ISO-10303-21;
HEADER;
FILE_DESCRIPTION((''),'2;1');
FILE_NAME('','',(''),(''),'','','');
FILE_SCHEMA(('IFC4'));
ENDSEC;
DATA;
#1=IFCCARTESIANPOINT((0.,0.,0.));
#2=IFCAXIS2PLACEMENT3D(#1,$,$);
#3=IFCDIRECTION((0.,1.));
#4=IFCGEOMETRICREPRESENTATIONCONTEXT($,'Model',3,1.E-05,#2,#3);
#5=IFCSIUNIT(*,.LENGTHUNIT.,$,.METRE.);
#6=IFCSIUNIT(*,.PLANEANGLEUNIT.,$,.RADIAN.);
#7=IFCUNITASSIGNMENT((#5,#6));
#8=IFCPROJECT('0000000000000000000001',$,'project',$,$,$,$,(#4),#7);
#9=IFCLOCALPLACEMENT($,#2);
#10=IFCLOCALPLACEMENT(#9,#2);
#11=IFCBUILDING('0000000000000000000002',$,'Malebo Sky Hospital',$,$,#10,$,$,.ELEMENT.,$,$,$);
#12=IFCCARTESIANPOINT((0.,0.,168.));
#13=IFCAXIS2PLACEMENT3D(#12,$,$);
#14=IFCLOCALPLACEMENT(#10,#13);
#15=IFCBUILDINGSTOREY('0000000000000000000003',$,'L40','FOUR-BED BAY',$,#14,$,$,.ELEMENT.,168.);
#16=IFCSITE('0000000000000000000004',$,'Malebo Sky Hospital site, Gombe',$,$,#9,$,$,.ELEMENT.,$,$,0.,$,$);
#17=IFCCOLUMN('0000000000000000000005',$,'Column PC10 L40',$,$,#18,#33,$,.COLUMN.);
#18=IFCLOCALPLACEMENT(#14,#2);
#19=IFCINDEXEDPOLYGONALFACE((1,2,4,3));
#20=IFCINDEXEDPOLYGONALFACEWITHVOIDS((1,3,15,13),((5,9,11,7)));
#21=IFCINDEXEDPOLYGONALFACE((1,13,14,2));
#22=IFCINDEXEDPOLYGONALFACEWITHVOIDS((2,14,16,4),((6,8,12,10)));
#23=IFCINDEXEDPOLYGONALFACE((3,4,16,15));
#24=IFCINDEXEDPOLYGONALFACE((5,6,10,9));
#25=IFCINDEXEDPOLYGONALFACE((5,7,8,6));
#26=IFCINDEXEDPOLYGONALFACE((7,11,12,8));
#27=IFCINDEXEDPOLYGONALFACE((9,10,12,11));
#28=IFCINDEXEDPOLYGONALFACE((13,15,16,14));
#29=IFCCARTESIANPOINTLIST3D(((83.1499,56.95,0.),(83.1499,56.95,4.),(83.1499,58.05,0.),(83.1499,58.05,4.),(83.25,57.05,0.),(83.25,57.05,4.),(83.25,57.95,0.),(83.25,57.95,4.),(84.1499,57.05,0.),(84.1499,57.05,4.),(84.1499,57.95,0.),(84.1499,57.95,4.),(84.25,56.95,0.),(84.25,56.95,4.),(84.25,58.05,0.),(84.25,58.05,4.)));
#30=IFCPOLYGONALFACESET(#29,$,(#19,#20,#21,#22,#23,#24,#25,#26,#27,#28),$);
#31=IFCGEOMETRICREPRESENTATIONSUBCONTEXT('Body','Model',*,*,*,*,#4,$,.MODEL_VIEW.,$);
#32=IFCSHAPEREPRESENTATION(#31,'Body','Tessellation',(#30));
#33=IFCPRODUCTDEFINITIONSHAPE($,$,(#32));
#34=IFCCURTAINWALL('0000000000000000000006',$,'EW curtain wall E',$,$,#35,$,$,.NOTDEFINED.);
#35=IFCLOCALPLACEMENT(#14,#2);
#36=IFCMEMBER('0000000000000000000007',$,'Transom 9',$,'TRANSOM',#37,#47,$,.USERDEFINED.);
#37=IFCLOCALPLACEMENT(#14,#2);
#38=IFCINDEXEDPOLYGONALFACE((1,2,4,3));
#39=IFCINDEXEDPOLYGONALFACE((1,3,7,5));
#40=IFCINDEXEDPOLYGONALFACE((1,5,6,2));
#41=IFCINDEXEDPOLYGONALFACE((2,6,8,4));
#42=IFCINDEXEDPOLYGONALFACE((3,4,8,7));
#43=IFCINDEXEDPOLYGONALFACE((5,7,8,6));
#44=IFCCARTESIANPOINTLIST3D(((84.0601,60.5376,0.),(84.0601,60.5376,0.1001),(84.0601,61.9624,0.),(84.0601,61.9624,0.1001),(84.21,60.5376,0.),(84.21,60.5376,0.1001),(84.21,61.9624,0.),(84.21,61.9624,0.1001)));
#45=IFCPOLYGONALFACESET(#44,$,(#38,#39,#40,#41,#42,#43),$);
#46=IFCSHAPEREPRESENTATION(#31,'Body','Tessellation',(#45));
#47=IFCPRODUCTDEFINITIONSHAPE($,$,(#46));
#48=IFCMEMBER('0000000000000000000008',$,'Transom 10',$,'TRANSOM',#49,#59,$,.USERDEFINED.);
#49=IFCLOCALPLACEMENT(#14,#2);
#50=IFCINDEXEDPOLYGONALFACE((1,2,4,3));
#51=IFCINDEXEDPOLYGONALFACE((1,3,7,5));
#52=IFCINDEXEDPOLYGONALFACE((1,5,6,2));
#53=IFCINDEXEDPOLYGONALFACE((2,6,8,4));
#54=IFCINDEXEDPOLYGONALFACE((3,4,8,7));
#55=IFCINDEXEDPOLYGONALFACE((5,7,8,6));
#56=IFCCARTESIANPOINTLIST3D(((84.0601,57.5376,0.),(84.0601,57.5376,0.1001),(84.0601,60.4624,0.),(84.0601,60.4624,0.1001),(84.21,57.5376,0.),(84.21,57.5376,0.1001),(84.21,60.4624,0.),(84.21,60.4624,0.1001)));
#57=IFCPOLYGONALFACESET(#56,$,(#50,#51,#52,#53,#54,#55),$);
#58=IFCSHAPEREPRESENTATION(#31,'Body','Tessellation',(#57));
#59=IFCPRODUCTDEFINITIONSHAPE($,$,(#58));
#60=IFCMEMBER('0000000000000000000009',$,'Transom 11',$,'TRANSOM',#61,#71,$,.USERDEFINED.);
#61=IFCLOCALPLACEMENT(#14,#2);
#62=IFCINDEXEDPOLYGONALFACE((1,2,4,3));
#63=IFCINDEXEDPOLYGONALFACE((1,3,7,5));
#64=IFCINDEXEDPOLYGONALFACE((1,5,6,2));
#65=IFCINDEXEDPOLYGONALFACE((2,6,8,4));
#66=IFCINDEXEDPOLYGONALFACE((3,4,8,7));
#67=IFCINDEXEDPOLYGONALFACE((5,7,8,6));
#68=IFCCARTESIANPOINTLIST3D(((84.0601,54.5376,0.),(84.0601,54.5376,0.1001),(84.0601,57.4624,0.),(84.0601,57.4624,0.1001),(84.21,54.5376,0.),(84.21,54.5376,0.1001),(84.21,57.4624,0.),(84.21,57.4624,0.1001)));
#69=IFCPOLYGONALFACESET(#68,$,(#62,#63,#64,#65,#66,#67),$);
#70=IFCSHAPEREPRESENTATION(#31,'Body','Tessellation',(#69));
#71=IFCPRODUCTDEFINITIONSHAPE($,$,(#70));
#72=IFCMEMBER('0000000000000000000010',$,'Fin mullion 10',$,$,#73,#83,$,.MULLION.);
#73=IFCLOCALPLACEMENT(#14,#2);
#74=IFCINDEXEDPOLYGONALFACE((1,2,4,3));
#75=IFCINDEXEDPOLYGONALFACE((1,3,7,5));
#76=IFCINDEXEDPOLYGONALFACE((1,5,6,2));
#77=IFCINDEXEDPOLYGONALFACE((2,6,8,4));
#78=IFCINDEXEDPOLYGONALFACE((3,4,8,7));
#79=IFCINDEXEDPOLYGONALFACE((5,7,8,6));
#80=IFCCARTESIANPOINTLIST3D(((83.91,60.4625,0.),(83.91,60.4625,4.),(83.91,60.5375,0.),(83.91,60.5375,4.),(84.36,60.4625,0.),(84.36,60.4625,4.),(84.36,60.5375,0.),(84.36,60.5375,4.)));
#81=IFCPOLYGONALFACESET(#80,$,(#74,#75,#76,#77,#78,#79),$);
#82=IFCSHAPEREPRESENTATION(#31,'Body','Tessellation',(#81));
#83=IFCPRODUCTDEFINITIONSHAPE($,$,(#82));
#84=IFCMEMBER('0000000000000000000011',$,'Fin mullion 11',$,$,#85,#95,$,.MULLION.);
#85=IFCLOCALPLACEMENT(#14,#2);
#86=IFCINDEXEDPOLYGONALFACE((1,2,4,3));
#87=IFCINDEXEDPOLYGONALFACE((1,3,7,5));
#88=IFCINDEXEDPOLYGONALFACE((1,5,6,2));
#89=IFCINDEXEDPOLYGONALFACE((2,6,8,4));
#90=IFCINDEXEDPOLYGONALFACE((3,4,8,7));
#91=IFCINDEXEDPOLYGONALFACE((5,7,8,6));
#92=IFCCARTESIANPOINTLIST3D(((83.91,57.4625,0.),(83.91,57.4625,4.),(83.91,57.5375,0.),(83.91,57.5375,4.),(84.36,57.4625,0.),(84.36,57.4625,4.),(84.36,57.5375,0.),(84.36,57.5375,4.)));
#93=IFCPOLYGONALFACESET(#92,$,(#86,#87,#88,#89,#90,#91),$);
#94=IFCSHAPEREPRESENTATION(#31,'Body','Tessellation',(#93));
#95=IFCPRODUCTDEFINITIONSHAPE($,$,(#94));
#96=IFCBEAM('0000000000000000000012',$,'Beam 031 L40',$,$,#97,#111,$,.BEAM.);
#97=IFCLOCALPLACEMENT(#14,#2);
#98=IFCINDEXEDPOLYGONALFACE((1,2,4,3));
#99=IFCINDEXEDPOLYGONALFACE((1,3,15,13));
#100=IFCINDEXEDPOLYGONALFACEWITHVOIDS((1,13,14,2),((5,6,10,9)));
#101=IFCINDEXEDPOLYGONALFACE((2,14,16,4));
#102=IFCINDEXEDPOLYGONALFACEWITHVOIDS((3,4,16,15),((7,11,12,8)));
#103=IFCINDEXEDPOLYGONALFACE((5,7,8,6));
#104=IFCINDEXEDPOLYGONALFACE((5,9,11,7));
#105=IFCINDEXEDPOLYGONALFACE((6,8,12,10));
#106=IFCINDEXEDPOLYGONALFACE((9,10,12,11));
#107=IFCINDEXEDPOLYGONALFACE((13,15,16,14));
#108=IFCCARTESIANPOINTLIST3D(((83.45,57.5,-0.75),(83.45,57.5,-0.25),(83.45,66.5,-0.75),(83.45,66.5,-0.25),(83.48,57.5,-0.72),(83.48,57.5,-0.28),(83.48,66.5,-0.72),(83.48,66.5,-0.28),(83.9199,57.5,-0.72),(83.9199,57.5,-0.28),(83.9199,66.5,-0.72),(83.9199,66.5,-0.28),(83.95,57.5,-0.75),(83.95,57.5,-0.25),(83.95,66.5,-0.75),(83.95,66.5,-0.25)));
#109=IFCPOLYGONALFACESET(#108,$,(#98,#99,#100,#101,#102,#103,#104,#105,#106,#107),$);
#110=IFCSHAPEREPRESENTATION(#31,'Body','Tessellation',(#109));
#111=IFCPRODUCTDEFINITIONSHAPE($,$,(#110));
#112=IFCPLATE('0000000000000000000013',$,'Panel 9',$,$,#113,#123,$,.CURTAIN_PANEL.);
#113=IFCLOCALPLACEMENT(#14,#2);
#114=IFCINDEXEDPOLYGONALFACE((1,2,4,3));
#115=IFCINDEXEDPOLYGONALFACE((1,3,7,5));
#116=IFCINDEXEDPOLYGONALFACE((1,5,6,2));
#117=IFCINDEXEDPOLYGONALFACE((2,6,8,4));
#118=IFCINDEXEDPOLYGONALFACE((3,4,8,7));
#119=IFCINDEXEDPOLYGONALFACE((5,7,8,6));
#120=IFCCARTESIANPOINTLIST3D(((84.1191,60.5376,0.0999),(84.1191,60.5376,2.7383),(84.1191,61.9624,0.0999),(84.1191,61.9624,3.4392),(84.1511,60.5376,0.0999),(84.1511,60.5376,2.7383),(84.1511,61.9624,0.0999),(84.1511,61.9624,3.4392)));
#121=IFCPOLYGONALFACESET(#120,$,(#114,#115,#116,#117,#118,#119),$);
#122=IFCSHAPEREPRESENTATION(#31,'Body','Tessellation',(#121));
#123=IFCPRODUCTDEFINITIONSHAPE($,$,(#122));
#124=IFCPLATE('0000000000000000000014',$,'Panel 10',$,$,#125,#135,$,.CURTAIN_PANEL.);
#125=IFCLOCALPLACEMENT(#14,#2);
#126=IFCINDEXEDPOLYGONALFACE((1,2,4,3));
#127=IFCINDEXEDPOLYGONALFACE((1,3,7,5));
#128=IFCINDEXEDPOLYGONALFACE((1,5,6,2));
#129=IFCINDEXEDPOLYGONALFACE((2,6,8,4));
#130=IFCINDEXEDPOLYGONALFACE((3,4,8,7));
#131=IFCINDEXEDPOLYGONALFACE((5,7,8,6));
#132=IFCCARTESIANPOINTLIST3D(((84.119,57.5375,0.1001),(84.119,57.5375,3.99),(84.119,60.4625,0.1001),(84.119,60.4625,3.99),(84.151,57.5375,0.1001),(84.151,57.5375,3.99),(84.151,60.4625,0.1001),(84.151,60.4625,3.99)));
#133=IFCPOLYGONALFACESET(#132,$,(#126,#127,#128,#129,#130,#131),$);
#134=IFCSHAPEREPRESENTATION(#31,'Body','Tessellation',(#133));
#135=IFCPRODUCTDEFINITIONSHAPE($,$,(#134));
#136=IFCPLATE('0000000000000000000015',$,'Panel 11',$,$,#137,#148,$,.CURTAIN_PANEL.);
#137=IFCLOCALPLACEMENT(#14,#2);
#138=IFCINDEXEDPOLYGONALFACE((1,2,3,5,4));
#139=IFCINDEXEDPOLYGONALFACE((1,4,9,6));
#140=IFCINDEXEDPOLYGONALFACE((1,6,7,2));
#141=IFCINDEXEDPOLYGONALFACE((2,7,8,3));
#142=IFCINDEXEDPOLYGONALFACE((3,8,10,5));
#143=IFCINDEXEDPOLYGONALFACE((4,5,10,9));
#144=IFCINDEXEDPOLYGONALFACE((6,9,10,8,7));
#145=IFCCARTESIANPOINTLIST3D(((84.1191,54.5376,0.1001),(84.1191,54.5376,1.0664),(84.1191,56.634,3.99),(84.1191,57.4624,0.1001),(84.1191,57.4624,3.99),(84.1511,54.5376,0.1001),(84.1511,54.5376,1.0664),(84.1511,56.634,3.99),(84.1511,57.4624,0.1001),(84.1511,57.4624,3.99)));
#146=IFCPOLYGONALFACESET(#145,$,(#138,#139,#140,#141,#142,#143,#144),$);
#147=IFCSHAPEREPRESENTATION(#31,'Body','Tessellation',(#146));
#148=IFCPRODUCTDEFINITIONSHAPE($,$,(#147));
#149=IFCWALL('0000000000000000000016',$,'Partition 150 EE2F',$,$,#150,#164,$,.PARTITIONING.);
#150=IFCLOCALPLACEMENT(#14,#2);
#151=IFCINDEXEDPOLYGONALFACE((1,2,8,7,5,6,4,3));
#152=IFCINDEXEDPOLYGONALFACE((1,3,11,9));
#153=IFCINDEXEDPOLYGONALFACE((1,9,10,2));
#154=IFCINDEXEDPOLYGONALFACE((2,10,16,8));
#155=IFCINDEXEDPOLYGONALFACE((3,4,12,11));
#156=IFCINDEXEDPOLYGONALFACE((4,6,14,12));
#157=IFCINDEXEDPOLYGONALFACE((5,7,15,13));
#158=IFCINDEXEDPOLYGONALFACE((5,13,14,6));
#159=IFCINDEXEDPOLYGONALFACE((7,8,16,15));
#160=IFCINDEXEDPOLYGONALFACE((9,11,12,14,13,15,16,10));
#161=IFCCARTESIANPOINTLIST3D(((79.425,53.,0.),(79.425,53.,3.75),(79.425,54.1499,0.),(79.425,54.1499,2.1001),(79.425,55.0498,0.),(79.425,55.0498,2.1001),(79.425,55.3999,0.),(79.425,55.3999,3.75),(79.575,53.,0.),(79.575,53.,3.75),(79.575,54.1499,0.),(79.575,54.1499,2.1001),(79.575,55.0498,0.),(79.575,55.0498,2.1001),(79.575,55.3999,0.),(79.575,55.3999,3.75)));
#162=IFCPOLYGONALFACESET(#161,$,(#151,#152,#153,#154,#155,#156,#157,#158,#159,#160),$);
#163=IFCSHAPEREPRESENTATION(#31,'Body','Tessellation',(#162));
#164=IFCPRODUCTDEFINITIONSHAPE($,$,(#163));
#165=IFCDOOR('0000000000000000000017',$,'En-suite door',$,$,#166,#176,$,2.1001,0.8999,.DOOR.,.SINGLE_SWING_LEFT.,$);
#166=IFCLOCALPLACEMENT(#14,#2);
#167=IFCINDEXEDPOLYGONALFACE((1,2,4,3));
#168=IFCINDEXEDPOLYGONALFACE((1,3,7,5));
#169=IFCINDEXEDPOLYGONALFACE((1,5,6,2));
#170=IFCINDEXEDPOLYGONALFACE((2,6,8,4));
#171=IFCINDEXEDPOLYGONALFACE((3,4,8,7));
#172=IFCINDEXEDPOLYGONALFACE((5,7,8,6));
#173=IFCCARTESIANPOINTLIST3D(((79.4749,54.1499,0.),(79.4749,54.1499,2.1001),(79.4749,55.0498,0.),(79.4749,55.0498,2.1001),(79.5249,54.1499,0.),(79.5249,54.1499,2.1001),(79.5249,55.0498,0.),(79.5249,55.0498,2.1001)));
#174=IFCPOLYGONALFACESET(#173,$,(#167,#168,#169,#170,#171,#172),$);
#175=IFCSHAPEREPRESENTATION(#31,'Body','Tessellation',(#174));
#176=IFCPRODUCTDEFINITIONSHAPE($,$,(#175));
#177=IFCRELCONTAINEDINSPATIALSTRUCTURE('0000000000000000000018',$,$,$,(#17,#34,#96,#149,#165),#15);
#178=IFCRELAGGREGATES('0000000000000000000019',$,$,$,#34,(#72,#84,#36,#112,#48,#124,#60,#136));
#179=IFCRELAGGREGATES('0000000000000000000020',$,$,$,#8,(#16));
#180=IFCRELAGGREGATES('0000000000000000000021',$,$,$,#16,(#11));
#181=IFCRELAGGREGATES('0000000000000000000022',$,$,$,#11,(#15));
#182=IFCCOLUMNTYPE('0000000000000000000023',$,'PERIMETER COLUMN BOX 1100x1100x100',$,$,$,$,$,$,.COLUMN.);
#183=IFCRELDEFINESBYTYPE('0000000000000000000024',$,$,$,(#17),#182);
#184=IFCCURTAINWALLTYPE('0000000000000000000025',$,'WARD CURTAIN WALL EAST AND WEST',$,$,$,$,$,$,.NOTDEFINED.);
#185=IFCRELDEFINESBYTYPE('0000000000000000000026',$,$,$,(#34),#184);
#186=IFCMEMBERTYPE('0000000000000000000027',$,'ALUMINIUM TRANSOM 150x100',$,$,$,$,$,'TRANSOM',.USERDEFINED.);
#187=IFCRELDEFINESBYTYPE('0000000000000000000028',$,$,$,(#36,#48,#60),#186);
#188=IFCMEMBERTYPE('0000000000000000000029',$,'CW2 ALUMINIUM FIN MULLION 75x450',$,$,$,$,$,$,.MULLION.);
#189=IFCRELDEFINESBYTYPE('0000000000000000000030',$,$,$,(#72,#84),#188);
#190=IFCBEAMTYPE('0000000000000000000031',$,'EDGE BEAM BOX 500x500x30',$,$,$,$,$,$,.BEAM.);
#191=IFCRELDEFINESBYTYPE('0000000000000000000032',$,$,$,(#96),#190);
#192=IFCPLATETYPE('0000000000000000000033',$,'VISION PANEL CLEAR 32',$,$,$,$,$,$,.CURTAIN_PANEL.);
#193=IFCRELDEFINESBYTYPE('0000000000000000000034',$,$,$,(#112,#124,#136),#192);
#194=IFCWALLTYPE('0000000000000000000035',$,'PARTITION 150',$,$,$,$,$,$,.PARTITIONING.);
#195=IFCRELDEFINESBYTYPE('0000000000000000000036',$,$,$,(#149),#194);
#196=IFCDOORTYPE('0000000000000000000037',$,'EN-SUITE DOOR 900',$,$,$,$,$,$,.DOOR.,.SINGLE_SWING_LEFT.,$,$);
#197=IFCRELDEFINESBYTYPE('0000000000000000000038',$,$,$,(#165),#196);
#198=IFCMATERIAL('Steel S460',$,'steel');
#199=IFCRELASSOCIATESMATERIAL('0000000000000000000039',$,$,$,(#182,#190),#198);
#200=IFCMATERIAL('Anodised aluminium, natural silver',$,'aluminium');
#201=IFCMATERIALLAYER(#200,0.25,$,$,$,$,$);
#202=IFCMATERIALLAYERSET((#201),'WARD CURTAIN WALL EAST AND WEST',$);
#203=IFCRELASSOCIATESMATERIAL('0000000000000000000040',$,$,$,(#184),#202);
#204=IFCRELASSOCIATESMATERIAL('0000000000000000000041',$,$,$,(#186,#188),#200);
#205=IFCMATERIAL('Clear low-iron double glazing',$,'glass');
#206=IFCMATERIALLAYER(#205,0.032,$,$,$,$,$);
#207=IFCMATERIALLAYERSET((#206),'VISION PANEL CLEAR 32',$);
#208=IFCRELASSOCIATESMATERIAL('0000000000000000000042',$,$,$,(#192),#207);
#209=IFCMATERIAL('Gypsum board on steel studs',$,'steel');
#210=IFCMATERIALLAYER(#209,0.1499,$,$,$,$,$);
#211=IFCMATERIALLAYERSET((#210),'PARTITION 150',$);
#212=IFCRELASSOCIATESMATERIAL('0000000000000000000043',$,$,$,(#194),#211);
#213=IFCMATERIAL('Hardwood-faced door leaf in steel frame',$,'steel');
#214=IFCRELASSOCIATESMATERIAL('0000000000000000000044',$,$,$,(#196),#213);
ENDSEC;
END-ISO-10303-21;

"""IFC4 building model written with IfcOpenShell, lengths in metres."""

from ifc_helpers import new_model, si_unit, direction, frame, frame_2d, origin, origin_2d, place, context, subcontext, project, spatial, polyline, rectangle, hollow_rectangle, outline, extrude, material, layer, layer_set, material_profile, profile_set, type_object, element, fill, aggregate, save


model = new_model("IFC4")

# Units and contexts
model_context = context("Model", 3, precision=1e-05, world=origin(), true_north=direction((0.0, 1.0)))
body_context = subcontext(model_context, "Body", "Model", "MODEL_VIEW")
ifc_project = project(units=[si_unit("LENGTHUNIT", "METRE"), si_unit("PLANEANGLEUNIT", "RADIAN")], contexts=[model_context])

# Site, building, storey
site_placement = place(None, origin())
site = spatial("IfcSite", under=ifc_project, at=site_placement, Name="Malebo Sky Hospital site, Gombe", CompositionType="ELEMENT", RefElevation=0.0)
building_placement = place(site_placement, origin())
building = spatial("IfcBuilding", under=site, at=building_placement, Name="Malebo Sky Hospital", CompositionType="ELEMENT")
storey_placement = place(building_placement, frame((0.0, 0.0, 168.0)))
storey = spatial("IfcBuildingStorey", under=building, at=storey_placement, Name="L40", Description="FOUR-BED BAY", CompositionType="ELEMENT", Elevation=168.0)

# Column
ifc_material_1 = material(Name="Steel S460", Category="steel")
ifc_material_profile_1 = material_profile(ifc_material_1, hollow_rectangle(XDim=1.1001, YDim=1.1001, WallThickness=0.1001, at=origin_2d()), Name="BOX 1100x1100x100")
ifc_profile_set_1 = profile_set([ifc_material_profile_1], Name="Steel S460")
column_type = type_object("IfcColumnType", Name="PERIMETER COLUMN BOX 1100x1100x100", PredefinedType="COLUMN", material=ifc_profile_set_1)
column_placement = place(storey_placement, frame((83.7, 57.5, 0.0), z_axis=(0.0, 0.0, 1.0), x_axis=(1.0, 0.0, 0.0)))
element("IfcColumn", 1, at=column_placement, inside=storey, type_object=column_type, Name="Column PC10 L40", PredefinedType="COLUMN", context=body_context, shape_type="SweptSolid", body=[
    extrude(hollow_rectangle(XDim=1.1001, YDim=1.1001, WallThickness=0.1001, at=origin_2d()), origin(), (0.0, 0.0, 1.0), 4.0),
])

# Curtain wall, members
ifc_material_2 = material(Name="Anodised aluminium, natural silver", Category="aluminium")
ifc_layer_1 = layer(ifc_material_2, 0.25)
ifc_layer_set_1 = layer_set([ifc_layer_1], Name="WARD CURTAIN WALL EAST AND WEST")
curtain_wall_type = type_object("IfcCurtainWallType", Name="WARD CURTAIN WALL EAST AND WEST", PredefinedType="NOTDEFINED", material=ifc_layer_set_1)
curtain_wall_placement = place(storey_placement, origin())
curtain_wall = element("IfcCurtainWall", 2, at=curtain_wall_placement, inside=storey, type_object=curtain_wall_type, Name="EW curtain wall E", PredefinedType="NOTDEFINED")
ifc_material_profile_2 = material_profile(ifc_material_2, rectangle(XDim=0.1499, YDim=0.1001, at=origin_2d()), Name="ALUMINIUM TRANSOM 150x100")
ifc_profile_set_2 = profile_set([ifc_material_profile_2], Name="Anodised aluminium, natural silver")
member_type_1 = type_object("IfcMemberType", Name="ALUMINIUM TRANSOM 150x100", ElementType="TRANSOM", PredefinedType="USERDEFINED", material=ifc_profile_set_2)
member_1_placement = place(storey_placement, frame((84.135, 61.9624, 0.05), z_axis=(0.0, -1.0, 0.0), x_axis=(1.0, 0.0, 0.0)))
member_1 = element("IfcMember", 3, at=member_1_placement, type_object=member_type_1, Name="Transom 9", ObjectType="TRANSOM", PredefinedType="USERDEFINED", context=body_context, shape_type="SweptSolid", body=[
    extrude(rectangle(XDim=0.1499, YDim=0.1001, at=origin_2d()), origin(), (0.0, 0.0, 1.0), 1.4248),
])
member_2_placement = place(storey_placement, frame((84.135, 60.4624, 0.05), z_axis=(0.0, -1.0, 0.0), x_axis=(1.0, 0.0, 0.0)))
member_2 = element("IfcMember", 4, at=member_2_placement, type_object=member_type_1, Name="Transom 10", ObjectType="TRANSOM", PredefinedType="USERDEFINED", context=body_context, shape_type="SweptSolid", body=[
    extrude(rectangle(XDim=0.1499, YDim=0.1001, at=origin_2d()), origin(), (0.0, 0.0, 1.0), 2.9248),
])
member_3_placement = place(storey_placement, frame((84.135, 57.4624, 0.05), z_axis=(0.0, -1.0, 0.0), x_axis=(1.0, 0.0, 0.0)))
member_3 = element("IfcMember", 5, at=member_3_placement, type_object=member_type_1, Name="Transom 11", ObjectType="TRANSOM", PredefinedType="USERDEFINED", context=body_context, shape_type="SweptSolid", body=[
    extrude(rectangle(XDim=0.1499, YDim=0.1001, at=origin_2d()), origin(), (0.0, 0.0, 1.0), 2.9248),
])
ifc_material_profile_3 = material_profile(ifc_material_2, rectangle(XDim=0.075, YDim=0.45, at=origin_2d()), Name="CW2 ALUMINIUM FIN MULLION 75x450")
ifc_profile_set_3 = profile_set([ifc_material_profile_3], Name="Anodised aluminium, natural silver")
member_type_2 = type_object("IfcMemberType", Name="CW2 ALUMINIUM FIN MULLION 75x450", PredefinedType="MULLION", material=ifc_profile_set_3)
member_4_placement = place(storey_placement, frame((84.135, 60.5, 0.0), z_axis=(0.0, 0.0, 1.0), x_axis=(0.0, -1.0, 0.0)))
member_4 = element("IfcMember", 6, at=member_4_placement, type_object=member_type_2, Name="Fin mullion 10", PredefinedType="MULLION", context=body_context, shape_type="SweptSolid", body=[
    extrude(rectangle(XDim=0.075, YDim=0.45, at=origin_2d()), origin(), (0.0, 0.0, 1.0), 4.0),
])
member_5_placement = place(storey_placement, frame((84.135, 57.5, 0.0), z_axis=(0.0, 0.0, 1.0), x_axis=(0.0, -1.0, 0.0)))
member_5 = element("IfcMember", 7, at=member_5_placement, type_object=member_type_2, Name="Fin mullion 11", PredefinedType="MULLION", context=body_context, shape_type="SweptSolid", body=[
    extrude(rectangle(XDim=0.075, YDim=0.45, at=origin_2d()), origin(), (0.0, 0.0, 1.0), 4.0),
])

# Beam
ifc_material_profile_4 = material_profile(ifc_material_1, hollow_rectangle(XDim=0.5, YDim=0.5, WallThickness=0.03, at=origin_2d()), Name="BOX 500x500x30")
ifc_profile_set_4 = profile_set([ifc_material_profile_4], Name="Steel S460")
beam_type = type_object("IfcBeamType", Name="EDGE BEAM BOX 500x500x30", PredefinedType="BEAM", material=ifc_profile_set_4)
beam_placement = place(storey_placement, frame((83.7, 57.5, -0.5), z_axis=(0.0, 1.0, 0.0), x_axis=(-1.0, 0.0, 0.0)))
element("IfcBeam", 8, at=beam_placement, inside=storey, type_object=beam_type, Name="Beam 031 L40", PredefinedType="BEAM", context=body_context, shape_type="SweptSolid", body=[
    extrude(hollow_rectangle(XDim=0.5, YDim=0.5, WallThickness=0.03, at=origin_2d()), origin(), (0.0, 0.0, 1.0), 9.0),
])

# Plates
ifc_material_3 = material(Name="Clear low-iron double glazing", Category="glass")
ifc_layer_2 = layer(ifc_material_3, 0.032)
ifc_layer_set_2 = layer_set([ifc_layer_2], Name="VISION PANEL CLEAR 32")
plate_type = type_object("IfcPlateType", Name="VISION PANEL CLEAR 32", PredefinedType="CURTAIN_PANEL", material=ifc_layer_set_2)
plate_1_placement = place(storey_placement, frame((84.135, 61.25, 0.0999), z_axis=(0.0, 0.0, 1.0), x_axis=(0.0, -1.0, 0.0)))
plate_1 = element("IfcPlate", 9, at=plate_1_placement, type_object=plate_type, Name="Panel 9", PredefinedType="CURTAIN_PANEL", context=body_context, shape_type="SweptSolid", body=[
    extrude(outline(polyline([(-0.7124, 0.0), (0.7124, 0.0), (0.7124, 2.6384), (-0.7124, 3.3394), (-0.7124, 0.0)])), frame((0.0, 0.0161, 0.0), z_axis=(0.0, -1.0, 0.0), x_axis=(1.0, 0.0, 0.0)), (0.0, 0.0, 1.0), 0.032),
])
plate_2_placement = place(storey_placement, frame((84.135, 59.0, 0.1001), z_axis=(0.0, 0.0, 1.0), x_axis=(0.0, -1.0, 0.0)))
plate_2 = element("IfcPlate", 10, at=plate_2_placement, type_object=plate_type, Name="Panel 10", PredefinedType="CURTAIN_PANEL", context=body_context, shape_type="SweptSolid", body=[
    extrude(rectangle(XDim=2.925, YDim=0.032, at=origin_2d()), origin(), (0.0, 0.0, 1.0), 3.8899),
])
plate_3_placement = place(storey_placement, frame((84.135, 56.0, 0.1001), z_axis=(0.0, 0.0, 1.0), x_axis=(0.0, -1.0, 0.0)))
plate_3 = element("IfcPlate", 11, at=plate_3_placement, type_object=plate_type, Name="Panel 11", PredefinedType="CURTAIN_PANEL", context=body_context, shape_type="SweptSolid", body=[
    extrude(outline(polyline([(-1.4624, 0.0), (1.4624, 0.0), (1.4624, 0.9663), (-0.634, 3.8899), (-1.4624, 3.8899), (-1.4624, 0.0)])), frame((0.0, 0.0161, 0.0), z_axis=(0.0, -1.0, 0.0), x_axis=(1.0, 0.0, 0.0)), (0.0, 0.0, 1.0), 0.032),
])
aggregate(curtain_wall, [member_4, member_5, member_1, plate_1, member_2, plate_2, member_3, plate_3])

# Wall, opening, door
ifc_material_4 = material(Name="Gypsum board on steel studs", Category="steel")
ifc_layer_3 = layer(ifc_material_4, 0.1499)
ifc_layer_set_3 = layer_set([ifc_layer_3], Name="PARTITION 150")
wall_type = type_object("IfcWallType", Name="PARTITION 150", PredefinedType="PARTITIONING", material=ifc_layer_set_3)
wall_placement = place(storey_placement, frame((79.5, 55.3999, 0.0), z_axis=(0.0, 0.0, 1.0), x_axis=(0.0, -1.0, 0.0)))
wall = element("IfcWall", 12, at=wall_placement, inside=storey, type_object=wall_type, Name="Partition 150 EE2F", PredefinedType="PARTITIONING", context=body_context, shape_type="SweptSolid", body=[
    extrude(rectangle(XDim=2.3999, YDim=0.1499, at=frame_2d((1.2, 0.0))), origin(), (0.0, 0.0, 1.0), 3.75),
])
opening_placement = place(wall_placement, frame((0.3501, 0.0, 0.0)))
opening = element("IfcOpeningElement", 13, at=opening_placement, cuts=wall, PredefinedType="OPENING", context=body_context, shape_type="SweptSolid", body=[
    extrude(rectangle(XDim=0.8999, YDim=2.1001, at=frame_2d((0.45, 1.05))), frame((0.0, 0.085, 0.0), z_axis=(0.0, -1.0, 0.0), x_axis=(1.0, 0.0, 0.0)), (0.0, 0.0, 1.0), 0.1699),
])
ifc_material_5 = material(Name="Hardwood-faced door leaf in steel frame", Category="steel")
door_type = type_object("IfcDoorType", Name="EN-SUITE DOOR 900", OperationType="SINGLE_SWING_LEFT", PredefinedType="DOOR", material=ifc_material_5)
door_placement = place(opening_placement, origin())
door = element("IfcDoor", 14, at=door_placement, inside=storey, type_object=door_type, Name="En-suite door", OperationType="SINGLE_SWING_LEFT", OverallHeight=2.1001, OverallWidth=0.8999, PredefinedType="DOOR", context=body_context, shape_type="SweptSolid", body=[
    extrude(rectangle(XDim=0.8999, YDim=2.1001, at=frame_2d((0.45, 1.05))), frame((0.0, 0.0249, 0.0), z_axis=(0.0, -1.0, 0.0), x_axis=(1.0, 0.0, 0.0)), (0.0, 0.0, 1.0), 0.05),
])
fill(opening, door)

save(model, "model.ifc")
